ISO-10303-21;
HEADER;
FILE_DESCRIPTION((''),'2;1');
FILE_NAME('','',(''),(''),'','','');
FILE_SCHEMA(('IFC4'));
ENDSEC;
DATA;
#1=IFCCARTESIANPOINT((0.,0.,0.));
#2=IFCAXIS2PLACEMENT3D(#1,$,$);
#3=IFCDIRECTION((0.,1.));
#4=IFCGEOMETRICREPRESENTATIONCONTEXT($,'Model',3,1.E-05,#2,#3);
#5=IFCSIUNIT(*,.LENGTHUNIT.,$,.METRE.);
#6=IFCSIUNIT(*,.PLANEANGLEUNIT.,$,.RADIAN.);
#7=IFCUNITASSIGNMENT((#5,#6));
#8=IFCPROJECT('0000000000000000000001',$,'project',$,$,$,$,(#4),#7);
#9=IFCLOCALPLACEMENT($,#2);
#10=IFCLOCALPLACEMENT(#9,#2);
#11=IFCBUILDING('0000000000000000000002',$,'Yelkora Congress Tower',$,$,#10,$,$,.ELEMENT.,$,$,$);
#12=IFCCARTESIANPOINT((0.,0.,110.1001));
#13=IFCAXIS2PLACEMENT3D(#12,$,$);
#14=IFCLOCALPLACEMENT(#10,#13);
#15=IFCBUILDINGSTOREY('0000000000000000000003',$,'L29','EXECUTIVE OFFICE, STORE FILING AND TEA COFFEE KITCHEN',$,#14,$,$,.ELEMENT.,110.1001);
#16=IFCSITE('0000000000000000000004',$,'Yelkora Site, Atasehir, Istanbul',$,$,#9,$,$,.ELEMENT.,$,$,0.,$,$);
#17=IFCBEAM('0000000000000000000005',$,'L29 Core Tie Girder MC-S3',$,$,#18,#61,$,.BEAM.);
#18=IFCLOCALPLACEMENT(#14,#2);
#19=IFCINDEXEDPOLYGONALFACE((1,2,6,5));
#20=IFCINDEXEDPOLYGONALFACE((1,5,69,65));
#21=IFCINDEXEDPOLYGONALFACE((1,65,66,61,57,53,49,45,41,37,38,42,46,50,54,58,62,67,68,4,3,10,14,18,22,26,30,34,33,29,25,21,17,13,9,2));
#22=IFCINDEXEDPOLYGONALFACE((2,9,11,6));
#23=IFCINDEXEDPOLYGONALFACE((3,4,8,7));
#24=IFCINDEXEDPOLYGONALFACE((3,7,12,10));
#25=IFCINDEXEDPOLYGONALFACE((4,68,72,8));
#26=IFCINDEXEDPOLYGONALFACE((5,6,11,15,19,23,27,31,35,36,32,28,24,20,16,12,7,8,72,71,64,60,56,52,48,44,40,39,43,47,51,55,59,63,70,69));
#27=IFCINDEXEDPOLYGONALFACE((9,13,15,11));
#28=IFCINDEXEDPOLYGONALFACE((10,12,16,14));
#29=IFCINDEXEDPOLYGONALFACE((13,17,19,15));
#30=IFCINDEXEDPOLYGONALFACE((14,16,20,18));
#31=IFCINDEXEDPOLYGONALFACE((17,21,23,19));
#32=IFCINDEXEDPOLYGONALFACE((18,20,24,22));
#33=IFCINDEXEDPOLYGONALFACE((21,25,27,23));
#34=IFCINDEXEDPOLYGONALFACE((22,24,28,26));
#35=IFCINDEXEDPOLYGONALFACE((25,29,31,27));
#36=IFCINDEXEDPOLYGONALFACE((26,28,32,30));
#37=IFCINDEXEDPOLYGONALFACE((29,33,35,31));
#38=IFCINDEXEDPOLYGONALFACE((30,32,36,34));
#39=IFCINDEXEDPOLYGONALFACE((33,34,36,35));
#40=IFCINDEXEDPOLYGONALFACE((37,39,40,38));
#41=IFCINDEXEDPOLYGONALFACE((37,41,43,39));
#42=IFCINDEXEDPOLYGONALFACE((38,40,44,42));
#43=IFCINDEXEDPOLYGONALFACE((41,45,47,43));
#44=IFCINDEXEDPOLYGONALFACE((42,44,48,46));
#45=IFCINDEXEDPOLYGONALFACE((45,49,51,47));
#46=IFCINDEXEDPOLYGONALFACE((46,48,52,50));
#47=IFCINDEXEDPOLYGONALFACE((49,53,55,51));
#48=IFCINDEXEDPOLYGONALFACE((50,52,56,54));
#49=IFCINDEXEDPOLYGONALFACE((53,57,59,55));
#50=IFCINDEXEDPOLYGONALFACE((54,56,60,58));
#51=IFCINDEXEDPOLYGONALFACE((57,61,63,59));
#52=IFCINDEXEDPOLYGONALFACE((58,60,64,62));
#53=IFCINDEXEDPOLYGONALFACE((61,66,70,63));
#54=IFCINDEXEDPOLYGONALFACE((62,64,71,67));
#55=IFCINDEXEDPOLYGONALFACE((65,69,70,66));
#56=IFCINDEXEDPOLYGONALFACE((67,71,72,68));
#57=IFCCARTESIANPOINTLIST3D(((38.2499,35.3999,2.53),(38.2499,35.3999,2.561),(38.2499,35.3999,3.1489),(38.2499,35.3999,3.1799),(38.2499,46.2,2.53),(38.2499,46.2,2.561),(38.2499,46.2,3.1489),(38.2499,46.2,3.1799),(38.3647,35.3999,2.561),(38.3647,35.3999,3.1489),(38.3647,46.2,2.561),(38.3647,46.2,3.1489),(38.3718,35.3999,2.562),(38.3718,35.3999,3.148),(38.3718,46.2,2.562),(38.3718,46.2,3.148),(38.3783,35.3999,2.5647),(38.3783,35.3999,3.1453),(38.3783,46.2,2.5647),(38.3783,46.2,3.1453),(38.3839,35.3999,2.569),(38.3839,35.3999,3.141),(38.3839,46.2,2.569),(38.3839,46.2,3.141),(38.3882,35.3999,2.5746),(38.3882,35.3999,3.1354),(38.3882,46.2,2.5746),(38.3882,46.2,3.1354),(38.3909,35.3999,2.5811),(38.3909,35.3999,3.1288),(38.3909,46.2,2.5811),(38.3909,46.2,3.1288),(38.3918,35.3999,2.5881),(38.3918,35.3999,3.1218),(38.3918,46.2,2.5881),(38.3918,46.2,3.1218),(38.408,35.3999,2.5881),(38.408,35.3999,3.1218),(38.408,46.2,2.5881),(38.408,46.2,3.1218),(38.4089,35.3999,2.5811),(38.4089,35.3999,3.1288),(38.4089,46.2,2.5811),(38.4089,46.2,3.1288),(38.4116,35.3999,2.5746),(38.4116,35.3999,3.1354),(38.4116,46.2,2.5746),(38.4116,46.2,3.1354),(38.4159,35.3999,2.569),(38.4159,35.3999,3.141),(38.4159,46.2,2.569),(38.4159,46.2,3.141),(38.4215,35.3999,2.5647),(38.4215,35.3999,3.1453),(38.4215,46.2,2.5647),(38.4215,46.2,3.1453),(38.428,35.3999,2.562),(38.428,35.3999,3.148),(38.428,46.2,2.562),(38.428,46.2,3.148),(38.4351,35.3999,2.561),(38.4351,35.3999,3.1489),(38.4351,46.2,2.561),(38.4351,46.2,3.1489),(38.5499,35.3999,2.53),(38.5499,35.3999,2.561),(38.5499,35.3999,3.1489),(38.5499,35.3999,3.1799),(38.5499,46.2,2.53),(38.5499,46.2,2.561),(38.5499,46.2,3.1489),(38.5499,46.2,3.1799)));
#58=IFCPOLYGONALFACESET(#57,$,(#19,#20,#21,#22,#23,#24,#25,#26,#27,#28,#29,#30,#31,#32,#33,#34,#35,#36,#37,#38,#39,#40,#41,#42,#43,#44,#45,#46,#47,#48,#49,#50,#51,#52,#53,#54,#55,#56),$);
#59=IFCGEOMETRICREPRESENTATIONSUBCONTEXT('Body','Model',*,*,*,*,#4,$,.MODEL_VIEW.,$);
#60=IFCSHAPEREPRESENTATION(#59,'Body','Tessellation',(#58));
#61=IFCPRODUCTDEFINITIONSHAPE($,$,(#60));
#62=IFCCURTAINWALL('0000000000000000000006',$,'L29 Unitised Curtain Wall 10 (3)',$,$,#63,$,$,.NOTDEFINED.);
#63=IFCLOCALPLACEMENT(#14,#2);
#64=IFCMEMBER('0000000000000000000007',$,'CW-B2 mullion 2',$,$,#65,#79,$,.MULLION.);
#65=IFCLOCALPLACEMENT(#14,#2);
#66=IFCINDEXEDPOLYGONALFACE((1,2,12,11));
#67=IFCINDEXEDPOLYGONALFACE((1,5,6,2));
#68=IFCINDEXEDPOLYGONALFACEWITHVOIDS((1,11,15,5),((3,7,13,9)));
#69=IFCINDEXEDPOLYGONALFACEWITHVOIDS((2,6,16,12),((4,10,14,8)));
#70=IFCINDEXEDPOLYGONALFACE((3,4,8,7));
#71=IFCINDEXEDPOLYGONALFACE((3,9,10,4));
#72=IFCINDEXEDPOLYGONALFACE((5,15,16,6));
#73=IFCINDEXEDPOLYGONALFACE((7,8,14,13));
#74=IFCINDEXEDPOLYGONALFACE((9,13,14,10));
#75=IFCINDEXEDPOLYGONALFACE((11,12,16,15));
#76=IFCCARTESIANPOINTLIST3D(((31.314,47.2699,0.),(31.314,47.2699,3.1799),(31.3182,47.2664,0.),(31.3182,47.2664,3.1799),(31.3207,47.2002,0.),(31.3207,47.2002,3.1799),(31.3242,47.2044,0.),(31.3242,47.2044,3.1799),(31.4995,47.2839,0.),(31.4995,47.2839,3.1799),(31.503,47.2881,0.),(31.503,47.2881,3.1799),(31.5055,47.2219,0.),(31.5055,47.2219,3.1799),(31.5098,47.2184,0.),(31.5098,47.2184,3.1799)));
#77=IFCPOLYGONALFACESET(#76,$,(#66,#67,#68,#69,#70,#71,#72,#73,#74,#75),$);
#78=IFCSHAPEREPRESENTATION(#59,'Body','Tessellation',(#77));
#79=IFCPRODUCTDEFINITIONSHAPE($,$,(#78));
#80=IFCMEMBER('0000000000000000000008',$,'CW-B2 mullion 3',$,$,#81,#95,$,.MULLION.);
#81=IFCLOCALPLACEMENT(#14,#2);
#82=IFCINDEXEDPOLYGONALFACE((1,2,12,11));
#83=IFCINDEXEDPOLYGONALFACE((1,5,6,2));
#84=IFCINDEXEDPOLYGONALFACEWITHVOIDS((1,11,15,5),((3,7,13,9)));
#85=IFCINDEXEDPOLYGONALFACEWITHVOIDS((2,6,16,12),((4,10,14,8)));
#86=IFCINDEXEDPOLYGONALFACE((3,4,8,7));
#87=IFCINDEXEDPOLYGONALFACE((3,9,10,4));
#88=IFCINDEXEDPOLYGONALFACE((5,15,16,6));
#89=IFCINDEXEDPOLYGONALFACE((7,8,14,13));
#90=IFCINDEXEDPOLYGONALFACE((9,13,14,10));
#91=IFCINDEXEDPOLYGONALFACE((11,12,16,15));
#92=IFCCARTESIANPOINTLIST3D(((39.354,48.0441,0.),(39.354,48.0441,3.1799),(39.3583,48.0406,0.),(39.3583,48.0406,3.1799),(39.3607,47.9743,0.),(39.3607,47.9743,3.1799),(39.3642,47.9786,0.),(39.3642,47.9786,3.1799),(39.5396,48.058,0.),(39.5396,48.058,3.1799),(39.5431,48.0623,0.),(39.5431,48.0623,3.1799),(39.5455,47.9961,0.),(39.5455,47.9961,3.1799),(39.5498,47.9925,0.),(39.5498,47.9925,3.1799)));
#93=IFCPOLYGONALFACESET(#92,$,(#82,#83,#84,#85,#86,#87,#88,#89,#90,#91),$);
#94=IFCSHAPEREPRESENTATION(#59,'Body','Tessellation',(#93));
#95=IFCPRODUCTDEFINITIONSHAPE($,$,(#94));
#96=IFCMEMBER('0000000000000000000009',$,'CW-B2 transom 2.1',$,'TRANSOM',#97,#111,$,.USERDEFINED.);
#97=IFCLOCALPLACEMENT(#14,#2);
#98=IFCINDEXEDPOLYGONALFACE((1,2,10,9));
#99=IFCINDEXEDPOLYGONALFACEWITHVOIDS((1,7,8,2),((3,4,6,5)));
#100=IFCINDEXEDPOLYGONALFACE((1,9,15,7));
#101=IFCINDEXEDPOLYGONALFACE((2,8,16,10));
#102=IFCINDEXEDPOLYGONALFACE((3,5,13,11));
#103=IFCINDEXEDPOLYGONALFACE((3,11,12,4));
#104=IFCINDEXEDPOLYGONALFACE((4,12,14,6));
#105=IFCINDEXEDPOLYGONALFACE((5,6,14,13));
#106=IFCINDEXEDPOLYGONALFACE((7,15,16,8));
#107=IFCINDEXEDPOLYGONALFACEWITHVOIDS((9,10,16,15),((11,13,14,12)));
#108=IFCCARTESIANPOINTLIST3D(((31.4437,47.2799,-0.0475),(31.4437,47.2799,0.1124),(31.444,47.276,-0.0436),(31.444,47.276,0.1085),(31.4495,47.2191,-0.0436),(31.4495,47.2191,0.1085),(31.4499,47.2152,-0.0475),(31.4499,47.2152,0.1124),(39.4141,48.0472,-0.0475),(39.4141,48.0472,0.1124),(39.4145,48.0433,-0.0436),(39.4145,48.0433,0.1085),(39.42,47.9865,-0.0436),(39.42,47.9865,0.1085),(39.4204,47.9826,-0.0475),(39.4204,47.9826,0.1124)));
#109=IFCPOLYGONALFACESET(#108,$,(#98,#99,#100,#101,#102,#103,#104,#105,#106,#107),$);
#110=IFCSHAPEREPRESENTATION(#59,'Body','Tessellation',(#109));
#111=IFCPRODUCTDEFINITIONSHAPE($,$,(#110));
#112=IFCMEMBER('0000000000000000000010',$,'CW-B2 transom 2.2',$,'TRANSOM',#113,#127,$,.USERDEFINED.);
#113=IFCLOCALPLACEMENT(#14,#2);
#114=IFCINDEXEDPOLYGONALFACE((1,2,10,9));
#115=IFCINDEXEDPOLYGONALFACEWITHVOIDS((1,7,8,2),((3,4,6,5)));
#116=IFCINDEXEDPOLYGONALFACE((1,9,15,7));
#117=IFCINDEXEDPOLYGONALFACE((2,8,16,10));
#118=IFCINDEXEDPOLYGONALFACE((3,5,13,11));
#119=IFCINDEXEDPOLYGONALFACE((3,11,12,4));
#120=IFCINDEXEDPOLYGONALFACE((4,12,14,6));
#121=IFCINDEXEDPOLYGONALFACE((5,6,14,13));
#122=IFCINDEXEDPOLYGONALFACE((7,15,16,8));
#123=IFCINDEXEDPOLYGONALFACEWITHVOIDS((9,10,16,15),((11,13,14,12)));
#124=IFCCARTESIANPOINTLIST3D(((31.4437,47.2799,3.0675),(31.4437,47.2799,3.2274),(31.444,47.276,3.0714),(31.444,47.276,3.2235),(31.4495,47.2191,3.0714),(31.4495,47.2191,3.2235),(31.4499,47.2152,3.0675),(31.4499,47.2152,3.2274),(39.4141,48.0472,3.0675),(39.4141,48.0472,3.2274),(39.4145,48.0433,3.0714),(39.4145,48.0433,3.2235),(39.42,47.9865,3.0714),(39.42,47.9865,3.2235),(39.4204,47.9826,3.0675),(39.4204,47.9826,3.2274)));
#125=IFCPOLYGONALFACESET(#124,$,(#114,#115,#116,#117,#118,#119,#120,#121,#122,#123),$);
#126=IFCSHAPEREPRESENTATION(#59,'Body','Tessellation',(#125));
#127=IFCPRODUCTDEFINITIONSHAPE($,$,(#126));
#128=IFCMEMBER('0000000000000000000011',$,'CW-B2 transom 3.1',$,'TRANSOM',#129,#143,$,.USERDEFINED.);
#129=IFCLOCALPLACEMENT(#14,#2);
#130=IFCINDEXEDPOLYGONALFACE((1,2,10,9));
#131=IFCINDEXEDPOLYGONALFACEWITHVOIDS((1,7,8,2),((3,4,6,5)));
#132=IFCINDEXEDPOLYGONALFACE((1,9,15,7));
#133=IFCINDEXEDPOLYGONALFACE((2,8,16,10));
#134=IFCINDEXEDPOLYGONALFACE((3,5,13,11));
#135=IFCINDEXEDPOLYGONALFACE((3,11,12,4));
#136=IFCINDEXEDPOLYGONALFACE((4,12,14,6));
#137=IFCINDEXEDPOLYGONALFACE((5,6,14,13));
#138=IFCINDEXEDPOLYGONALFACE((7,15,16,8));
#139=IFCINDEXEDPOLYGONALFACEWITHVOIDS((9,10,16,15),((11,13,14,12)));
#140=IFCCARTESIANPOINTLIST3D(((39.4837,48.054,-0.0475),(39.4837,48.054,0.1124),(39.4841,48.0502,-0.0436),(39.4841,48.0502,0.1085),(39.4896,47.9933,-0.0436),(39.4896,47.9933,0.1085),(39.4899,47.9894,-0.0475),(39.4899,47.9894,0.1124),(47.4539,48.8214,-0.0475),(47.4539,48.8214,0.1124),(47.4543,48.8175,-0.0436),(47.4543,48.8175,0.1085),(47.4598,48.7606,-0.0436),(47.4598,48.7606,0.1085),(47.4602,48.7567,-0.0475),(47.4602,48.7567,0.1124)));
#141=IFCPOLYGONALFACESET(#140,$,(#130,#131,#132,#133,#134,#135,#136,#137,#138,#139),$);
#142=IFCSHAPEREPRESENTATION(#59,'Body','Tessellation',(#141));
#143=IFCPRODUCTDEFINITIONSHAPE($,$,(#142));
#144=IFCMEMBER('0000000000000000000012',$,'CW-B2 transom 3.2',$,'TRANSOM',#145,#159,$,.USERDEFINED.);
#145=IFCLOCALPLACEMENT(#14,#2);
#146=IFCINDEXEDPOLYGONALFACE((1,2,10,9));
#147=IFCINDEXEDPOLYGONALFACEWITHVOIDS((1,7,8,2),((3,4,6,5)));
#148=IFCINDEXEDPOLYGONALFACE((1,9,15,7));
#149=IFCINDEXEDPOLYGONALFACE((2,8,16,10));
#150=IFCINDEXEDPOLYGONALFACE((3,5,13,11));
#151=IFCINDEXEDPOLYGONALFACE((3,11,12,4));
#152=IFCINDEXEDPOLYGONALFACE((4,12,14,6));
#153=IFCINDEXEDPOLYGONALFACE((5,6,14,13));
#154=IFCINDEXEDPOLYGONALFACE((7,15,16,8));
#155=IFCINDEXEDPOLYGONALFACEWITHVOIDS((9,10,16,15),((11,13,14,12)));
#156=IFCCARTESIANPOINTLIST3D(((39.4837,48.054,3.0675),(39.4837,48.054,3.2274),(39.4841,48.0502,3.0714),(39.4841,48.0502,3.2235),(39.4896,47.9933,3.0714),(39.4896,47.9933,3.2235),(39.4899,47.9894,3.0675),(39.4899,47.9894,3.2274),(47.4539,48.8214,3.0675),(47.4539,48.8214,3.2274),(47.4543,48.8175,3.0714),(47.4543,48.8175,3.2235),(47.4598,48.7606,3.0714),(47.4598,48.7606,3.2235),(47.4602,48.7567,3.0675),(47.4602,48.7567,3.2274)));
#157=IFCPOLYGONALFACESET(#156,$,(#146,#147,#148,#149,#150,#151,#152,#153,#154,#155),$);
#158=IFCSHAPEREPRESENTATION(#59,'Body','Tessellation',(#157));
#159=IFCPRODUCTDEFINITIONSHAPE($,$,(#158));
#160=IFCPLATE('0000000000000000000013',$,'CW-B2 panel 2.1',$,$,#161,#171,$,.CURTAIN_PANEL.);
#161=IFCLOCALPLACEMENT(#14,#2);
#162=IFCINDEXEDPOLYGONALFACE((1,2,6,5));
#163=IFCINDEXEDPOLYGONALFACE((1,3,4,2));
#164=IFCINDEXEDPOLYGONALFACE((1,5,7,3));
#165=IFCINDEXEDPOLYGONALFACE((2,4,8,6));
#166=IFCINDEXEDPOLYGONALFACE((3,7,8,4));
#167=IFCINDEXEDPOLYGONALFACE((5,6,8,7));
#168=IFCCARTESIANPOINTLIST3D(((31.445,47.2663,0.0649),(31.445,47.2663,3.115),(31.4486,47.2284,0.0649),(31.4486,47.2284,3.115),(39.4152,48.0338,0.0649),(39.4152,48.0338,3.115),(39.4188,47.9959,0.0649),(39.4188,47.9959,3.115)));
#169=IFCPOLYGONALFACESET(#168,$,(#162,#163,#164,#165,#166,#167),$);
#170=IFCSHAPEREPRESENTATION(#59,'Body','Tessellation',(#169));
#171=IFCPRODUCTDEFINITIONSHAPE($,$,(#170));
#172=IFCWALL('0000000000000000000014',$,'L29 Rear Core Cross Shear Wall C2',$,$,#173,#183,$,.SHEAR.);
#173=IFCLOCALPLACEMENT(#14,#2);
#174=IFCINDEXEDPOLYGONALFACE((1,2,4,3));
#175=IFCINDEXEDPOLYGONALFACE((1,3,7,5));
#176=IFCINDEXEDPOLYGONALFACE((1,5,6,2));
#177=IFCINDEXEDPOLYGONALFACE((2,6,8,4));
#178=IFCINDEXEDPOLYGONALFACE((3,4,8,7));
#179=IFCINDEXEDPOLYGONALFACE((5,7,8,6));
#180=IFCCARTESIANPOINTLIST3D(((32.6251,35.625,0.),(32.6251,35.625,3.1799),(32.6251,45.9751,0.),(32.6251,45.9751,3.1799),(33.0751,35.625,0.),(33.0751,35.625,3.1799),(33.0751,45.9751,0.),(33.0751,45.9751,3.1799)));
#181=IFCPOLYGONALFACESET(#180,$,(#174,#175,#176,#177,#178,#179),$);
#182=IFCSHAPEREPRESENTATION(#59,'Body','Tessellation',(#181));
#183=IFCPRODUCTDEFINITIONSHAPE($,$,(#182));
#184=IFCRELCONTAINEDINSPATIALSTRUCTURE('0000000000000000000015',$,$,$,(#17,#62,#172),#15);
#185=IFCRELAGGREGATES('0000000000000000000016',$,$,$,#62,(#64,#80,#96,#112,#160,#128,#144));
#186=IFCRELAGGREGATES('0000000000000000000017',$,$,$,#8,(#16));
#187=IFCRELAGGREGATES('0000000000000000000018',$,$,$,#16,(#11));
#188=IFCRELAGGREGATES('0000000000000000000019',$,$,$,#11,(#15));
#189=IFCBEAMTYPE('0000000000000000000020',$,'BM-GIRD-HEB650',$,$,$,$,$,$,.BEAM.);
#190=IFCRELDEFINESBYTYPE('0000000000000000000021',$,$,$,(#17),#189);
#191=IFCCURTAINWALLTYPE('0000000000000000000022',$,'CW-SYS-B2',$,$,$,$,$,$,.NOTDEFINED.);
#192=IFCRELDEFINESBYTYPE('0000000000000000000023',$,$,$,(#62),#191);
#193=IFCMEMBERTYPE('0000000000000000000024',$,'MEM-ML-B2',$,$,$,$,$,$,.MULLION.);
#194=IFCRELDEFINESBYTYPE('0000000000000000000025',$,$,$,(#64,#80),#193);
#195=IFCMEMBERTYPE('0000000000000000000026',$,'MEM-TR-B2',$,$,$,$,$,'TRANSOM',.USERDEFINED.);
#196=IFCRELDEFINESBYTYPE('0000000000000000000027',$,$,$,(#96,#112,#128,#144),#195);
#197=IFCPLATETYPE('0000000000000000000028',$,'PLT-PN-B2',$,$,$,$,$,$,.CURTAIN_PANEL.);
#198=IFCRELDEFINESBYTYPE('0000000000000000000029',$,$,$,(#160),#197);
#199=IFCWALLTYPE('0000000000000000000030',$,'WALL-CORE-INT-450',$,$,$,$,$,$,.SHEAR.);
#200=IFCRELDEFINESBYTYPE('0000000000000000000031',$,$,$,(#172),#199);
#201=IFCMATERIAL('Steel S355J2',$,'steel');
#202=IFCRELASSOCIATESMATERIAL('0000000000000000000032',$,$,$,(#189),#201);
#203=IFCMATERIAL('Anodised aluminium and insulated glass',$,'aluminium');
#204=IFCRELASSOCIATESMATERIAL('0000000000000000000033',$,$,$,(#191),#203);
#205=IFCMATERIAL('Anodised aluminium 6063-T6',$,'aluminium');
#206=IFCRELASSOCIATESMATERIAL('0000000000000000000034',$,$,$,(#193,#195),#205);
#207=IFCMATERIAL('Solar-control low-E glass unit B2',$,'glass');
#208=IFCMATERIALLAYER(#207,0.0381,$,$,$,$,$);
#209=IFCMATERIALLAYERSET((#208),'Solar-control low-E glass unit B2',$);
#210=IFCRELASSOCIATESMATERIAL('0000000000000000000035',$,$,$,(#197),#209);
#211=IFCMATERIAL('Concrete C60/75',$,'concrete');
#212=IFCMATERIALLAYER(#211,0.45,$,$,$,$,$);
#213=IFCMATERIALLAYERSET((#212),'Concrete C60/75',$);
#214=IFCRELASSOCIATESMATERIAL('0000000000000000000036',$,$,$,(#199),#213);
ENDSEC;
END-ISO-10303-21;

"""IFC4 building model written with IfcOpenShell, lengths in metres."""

from ifc_helpers import new_model, si_unit, direction, frame, frame_2d, origin, origin_2d, place, context, subcontext, project, spatial, rectangle, hollow_rectangle, i_section, extrude, material, layer, layer_set, material_profile, profile_set, type_object, element, aggregate, save


model = new_model("IFC4")

# Units and contexts
model_context = context("Model", 3, precision=1e-05, world=origin(), true_north=direction((0.0, 1.0)))
body_context = subcontext(model_context, "Body", "Model", "MODEL_VIEW")
ifc_project = project(units=[si_unit("LENGTHUNIT", "METRE"), si_unit("PLANEANGLEUNIT", "RADIAN")], contexts=[model_context])

# Site, building, storey
site_placement = place(None, origin())
site = spatial("IfcSite", under=ifc_project, at=site_placement, Name="Yelkora Site, Atasehir, Istanbul", CompositionType="ELEMENT", RefElevation=0.0)
building_placement = place(site_placement, origin())
building = spatial("IfcBuilding", under=site, at=building_placement, Name="Yelkora Congress Tower", CompositionType="ELEMENT")
storey_placement = place(building_placement, frame((0.0, 0.0, 110.1001)))
storey = spatial("IfcBuildingStorey", under=building, at=storey_placement, Name="L29", Description="EXECUTIVE OFFICE, STORE FILING AND TEA COFFEE KITCHEN", CompositionType="ELEMENT", Elevation=110.1001)

# Beam
ifc_material_1 = material(Name="Steel S355J2", Category="steel")
ifc_material_profile_1 = material_profile(ifc_material_1, i_section(OverallWidth=0.3, OverallDepth=0.6499, WebThickness=0.0161, FlangeThickness=0.031, FilletRadius=0.0271, at=origin_2d()), Name="HEB 650")
ifc_profile_set_1 = profile_set([ifc_material_profile_1], Name="Steel S355J2")
beam_type = type_object("IfcBeamType", Name="BM-GIRD-HEB650", PredefinedType="BEAM", material=ifc_profile_set_1)
beam_placement = place(storey_placement, frame((38.3999, 35.3999, 2.855), z_axis=(0.0, 1.0, 0.0), x_axis=(-1.0, 0.0, 0.0)))
element("IfcBeam", 1, at=beam_placement, inside=storey, type_object=beam_type, Name="L29 Core Tie Girder MC-S3", PredefinedType="BEAM", context=body_context, shape_type="SweptSolid", body=[
    extrude(i_section(OverallWidth=0.3, OverallDepth=0.6499, WebThickness=0.0161, FlangeThickness=0.031, FilletRadius=0.0271, at=origin_2d()), origin(), (0.0, 0.0, 1.0), 10.8),
])

# Curtain wall, members, plate
ifc_material_2 = material(Name="Anodised aluminium and insulated glass", Category="aluminium")
curtain_wall_type = type_object("IfcCurtainWallType", Name="CW-SYS-B2", PredefinedType="NOTDEFINED", material=ifc_material_2)
curtain_wall_placement = place(storey_placement, origin())
curtain_wall = element("IfcCurtainWall", 2, at=curtain_wall_placement, inside=storey, type_object=curtain_wall_type, Name="L29 Unitised Curtain Wall 10 (3)", PredefinedType="NOTDEFINED")
ifc_material_3 = material(Name="Anodised aluminium 6063-T6", Category="aluminium")
ifc_material_profile_2 = material_profile(ifc_material_3, hollow_rectangle(XDim=0.0701, YDim=0.1899, WallThickness=0.0039, at=origin_2d()), Name="ALU 70x190x4")
ifc_profile_set_2 = profile_set([ifc_material_profile_2], Name="Anodised aluminium 6063-T6")
member_type_1 = type_object("IfcMemberType", Name="MEM-ML-B2", PredefinedType="MULLION", material=ifc_profile_set_2)
member_1_placement = place(storey_placement, frame((31.4119, 47.2441, 0.0), z_axis=(0.0, 0.0, 1.0), x_axis=(-0.095844, 0.995396, 0.0)))
member_1 = element("IfcMember", 3, at=member_1_placement, type_object=member_type_1, Name="CW-B2 mullion 2", PredefinedType="MULLION", context=body_context, shape_type="SweptSolid", body=[
    extrude(hollow_rectangle(XDim=0.0701, YDim=0.1899, WallThickness=0.0039, at=origin_2d()), origin(), (0.0, 0.0, 1.0), 3.1799),
])
member_2_placement = place(storey_placement, frame((39.4519, 48.0183, 0.0), z_axis=(0.0, 0.0, 1.0), x_axis=(-0.095844, 0.995396, 0.0)))
member_2 = element("IfcMember", 4, at=member_2_placement, type_object=member_type_1, Name="CW-B2 mullion 3", PredefinedType="MULLION", context=body_context, shape_type="SweptSolid", body=[
    extrude(hollow_rectangle(XDim=0.0701, YDim=0.1899, WallThickness=0.0039, at=origin_2d()), origin(), (0.0, 0.0, 1.0), 3.1799),
])
ifc_material_profile_3 = material_profile(ifc_material_3, hollow_rectangle(XDim=0.0649, YDim=0.1599, WallThickness=0.0039, at=origin_2d()), Name="ALU 65x160x4")
ifc_profile_set_3 = profile_set([ifc_material_profile_3], Name="Anodised aluminium 6063-T6")
member_type_2 = type_object("IfcMemberType", Name="MEM-TR-B2", ElementType="TRANSOM", PredefinedType="USERDEFINED", material=ifc_profile_set_3)
member_3_placement = place(storey_placement, frame((31.4468, 47.2476, 0.0325), z_axis=(0.995398, 0.095829, 0.0), x_axis=(-0.095829, 0.995398, 0.0)))
member_3 = element("IfcMember", 5, at=member_3_placement, type_object=member_type_2, Name="CW-B2 transom 2.1", ObjectType="TRANSOM", PredefinedType="USERDEFINED", context=body_context, shape_type="SweptSolid", body=[
    extrude(hollow_rectangle(XDim=0.0649, YDim=0.1599, WallThickness=0.0039, at=origin_2d()), origin(), (0.0, 0.0, 1.0), 8.0073),
])
member_4_placement = place(storey_placement, frame((31.4468, 47.2476, 3.1475), z_axis=(0.995398, 0.095829, 0.0), x_axis=(-0.095829, 0.995398, 0.0)))
member_4 = element("IfcMember", 6, at=member_4_placement, type_object=member_type_2, Name="CW-B2 transom 2.2", ObjectType="TRANSOM", PredefinedType="USERDEFINED", context=body_context, shape_type="SweptSolid", body=[
    extrude(hollow_rectangle(XDim=0.0649, YDim=0.1599, WallThickness=0.0039, at=origin_2d()), origin(), (0.0, 0.0, 1.0), 8.0073),
])
member_5_placement = place(storey_placement, frame((39.4868, 48.0217, 0.0325), z_axis=(0.995398, 0.095832, 0.0), x_axis=(-0.095832, 0.995398, 0.0)))
member_5 = element("IfcMember", 7, at=member_5_placement, type_object=member_type_2, Name="CW-B2 transom 3.1", ObjectType="TRANSOM", PredefinedType="USERDEFINED", context=body_context, shape_type="SweptSolid", body=[
    extrude(hollow_rectangle(XDim=0.0649, YDim=0.1599, WallThickness=0.0039, at=origin_2d()), origin(), (0.0, 0.0, 1.0), 8.0071),
])
member_6_placement = place(storey_placement, frame((39.4868, 48.0217, 3.1475), z_axis=(0.995398, 0.095832, 0.0), x_axis=(-0.095832, 0.995398, 0.0)))
member_6 = element("IfcMember", 8, at=member_6_placement, type_object=member_type_2, Name="CW-B2 transom 3.2", ObjectType="TRANSOM", PredefinedType="USERDEFINED", context=body_context, shape_type="SweptSolid", body=[
    extrude(hollow_rectangle(XDim=0.0649, YDim=0.1599, WallThickness=0.0039, at=origin_2d()), origin(), (0.0, 0.0, 1.0), 8.0071),
])
ifc_material_4 = material(Name="Solar-control low-E glass unit B2", Category="glass")
ifc_layer_1 = layer(ifc_material_4, 0.0381)
ifc_layer_set_1 = layer_set([ifc_layer_1], Name="Solar-control low-E glass unit B2")
plate_type = type_object("IfcPlateType", Name="PLT-PN-B2", PredefinedType="CURTAIN_PANEL", material=ifc_layer_set_1)
plate_placement = place(storey_placement, frame((35.4319, 47.6311, 0.0649), z_axis=(0.0, 0.0, 1.0), x_axis=(0.995396, 0.095844, 0.0)))
plate = element("IfcPlate", 9, at=plate_placement, type_object=plate_type, Name="CW-B2 panel 2.1", PredefinedType="CURTAIN_PANEL", context=body_context, shape_type="SweptSolid", body=[
    extrude(rectangle(XDim=8.0071, YDim=0.0381, at=origin_2d()), origin(), (0.0, 0.0, 1.0), 3.05),
])
aggregate(curtain_wall, [member_1, member_2, member_3, member_4, plate, member_5, member_6])

# Wall
ifc_material_5 = material(Name="Concrete C60/75", Category="concrete")
ifc_layer_2 = layer(ifc_material_5, 0.45)
ifc_layer_set_2 = layer_set([ifc_layer_2], Name="Concrete C60/75")
wall_type_1 = type_object("IfcWallType", Name="WALL-CORE-INT-450", PredefinedType="SHEAR", material=ifc_layer_set_2)
wall_1_placement = place(storey_placement, frame((32.8501, 35.625, 0.0), z_axis=(0.0, 0.0, 1.0), x_axis=(0.0, 1.0, 0.0)))
element("IfcWall", 10, at=wall_1_placement, inside=storey, type_object=wall_type_1, Name="L29 Rear Core Cross Shear Wall C2", PredefinedType="SHEAR", context=body_context, shape_type="SweptSolid", body=[
    extrude(rectangle(XDim=10.3501, YDim=0.45, at=frame_2d((5.175, 0.0))), origin(), (0.0, 0.0, 1.0), 3.1799),
])

save(model, "model.ifc")
